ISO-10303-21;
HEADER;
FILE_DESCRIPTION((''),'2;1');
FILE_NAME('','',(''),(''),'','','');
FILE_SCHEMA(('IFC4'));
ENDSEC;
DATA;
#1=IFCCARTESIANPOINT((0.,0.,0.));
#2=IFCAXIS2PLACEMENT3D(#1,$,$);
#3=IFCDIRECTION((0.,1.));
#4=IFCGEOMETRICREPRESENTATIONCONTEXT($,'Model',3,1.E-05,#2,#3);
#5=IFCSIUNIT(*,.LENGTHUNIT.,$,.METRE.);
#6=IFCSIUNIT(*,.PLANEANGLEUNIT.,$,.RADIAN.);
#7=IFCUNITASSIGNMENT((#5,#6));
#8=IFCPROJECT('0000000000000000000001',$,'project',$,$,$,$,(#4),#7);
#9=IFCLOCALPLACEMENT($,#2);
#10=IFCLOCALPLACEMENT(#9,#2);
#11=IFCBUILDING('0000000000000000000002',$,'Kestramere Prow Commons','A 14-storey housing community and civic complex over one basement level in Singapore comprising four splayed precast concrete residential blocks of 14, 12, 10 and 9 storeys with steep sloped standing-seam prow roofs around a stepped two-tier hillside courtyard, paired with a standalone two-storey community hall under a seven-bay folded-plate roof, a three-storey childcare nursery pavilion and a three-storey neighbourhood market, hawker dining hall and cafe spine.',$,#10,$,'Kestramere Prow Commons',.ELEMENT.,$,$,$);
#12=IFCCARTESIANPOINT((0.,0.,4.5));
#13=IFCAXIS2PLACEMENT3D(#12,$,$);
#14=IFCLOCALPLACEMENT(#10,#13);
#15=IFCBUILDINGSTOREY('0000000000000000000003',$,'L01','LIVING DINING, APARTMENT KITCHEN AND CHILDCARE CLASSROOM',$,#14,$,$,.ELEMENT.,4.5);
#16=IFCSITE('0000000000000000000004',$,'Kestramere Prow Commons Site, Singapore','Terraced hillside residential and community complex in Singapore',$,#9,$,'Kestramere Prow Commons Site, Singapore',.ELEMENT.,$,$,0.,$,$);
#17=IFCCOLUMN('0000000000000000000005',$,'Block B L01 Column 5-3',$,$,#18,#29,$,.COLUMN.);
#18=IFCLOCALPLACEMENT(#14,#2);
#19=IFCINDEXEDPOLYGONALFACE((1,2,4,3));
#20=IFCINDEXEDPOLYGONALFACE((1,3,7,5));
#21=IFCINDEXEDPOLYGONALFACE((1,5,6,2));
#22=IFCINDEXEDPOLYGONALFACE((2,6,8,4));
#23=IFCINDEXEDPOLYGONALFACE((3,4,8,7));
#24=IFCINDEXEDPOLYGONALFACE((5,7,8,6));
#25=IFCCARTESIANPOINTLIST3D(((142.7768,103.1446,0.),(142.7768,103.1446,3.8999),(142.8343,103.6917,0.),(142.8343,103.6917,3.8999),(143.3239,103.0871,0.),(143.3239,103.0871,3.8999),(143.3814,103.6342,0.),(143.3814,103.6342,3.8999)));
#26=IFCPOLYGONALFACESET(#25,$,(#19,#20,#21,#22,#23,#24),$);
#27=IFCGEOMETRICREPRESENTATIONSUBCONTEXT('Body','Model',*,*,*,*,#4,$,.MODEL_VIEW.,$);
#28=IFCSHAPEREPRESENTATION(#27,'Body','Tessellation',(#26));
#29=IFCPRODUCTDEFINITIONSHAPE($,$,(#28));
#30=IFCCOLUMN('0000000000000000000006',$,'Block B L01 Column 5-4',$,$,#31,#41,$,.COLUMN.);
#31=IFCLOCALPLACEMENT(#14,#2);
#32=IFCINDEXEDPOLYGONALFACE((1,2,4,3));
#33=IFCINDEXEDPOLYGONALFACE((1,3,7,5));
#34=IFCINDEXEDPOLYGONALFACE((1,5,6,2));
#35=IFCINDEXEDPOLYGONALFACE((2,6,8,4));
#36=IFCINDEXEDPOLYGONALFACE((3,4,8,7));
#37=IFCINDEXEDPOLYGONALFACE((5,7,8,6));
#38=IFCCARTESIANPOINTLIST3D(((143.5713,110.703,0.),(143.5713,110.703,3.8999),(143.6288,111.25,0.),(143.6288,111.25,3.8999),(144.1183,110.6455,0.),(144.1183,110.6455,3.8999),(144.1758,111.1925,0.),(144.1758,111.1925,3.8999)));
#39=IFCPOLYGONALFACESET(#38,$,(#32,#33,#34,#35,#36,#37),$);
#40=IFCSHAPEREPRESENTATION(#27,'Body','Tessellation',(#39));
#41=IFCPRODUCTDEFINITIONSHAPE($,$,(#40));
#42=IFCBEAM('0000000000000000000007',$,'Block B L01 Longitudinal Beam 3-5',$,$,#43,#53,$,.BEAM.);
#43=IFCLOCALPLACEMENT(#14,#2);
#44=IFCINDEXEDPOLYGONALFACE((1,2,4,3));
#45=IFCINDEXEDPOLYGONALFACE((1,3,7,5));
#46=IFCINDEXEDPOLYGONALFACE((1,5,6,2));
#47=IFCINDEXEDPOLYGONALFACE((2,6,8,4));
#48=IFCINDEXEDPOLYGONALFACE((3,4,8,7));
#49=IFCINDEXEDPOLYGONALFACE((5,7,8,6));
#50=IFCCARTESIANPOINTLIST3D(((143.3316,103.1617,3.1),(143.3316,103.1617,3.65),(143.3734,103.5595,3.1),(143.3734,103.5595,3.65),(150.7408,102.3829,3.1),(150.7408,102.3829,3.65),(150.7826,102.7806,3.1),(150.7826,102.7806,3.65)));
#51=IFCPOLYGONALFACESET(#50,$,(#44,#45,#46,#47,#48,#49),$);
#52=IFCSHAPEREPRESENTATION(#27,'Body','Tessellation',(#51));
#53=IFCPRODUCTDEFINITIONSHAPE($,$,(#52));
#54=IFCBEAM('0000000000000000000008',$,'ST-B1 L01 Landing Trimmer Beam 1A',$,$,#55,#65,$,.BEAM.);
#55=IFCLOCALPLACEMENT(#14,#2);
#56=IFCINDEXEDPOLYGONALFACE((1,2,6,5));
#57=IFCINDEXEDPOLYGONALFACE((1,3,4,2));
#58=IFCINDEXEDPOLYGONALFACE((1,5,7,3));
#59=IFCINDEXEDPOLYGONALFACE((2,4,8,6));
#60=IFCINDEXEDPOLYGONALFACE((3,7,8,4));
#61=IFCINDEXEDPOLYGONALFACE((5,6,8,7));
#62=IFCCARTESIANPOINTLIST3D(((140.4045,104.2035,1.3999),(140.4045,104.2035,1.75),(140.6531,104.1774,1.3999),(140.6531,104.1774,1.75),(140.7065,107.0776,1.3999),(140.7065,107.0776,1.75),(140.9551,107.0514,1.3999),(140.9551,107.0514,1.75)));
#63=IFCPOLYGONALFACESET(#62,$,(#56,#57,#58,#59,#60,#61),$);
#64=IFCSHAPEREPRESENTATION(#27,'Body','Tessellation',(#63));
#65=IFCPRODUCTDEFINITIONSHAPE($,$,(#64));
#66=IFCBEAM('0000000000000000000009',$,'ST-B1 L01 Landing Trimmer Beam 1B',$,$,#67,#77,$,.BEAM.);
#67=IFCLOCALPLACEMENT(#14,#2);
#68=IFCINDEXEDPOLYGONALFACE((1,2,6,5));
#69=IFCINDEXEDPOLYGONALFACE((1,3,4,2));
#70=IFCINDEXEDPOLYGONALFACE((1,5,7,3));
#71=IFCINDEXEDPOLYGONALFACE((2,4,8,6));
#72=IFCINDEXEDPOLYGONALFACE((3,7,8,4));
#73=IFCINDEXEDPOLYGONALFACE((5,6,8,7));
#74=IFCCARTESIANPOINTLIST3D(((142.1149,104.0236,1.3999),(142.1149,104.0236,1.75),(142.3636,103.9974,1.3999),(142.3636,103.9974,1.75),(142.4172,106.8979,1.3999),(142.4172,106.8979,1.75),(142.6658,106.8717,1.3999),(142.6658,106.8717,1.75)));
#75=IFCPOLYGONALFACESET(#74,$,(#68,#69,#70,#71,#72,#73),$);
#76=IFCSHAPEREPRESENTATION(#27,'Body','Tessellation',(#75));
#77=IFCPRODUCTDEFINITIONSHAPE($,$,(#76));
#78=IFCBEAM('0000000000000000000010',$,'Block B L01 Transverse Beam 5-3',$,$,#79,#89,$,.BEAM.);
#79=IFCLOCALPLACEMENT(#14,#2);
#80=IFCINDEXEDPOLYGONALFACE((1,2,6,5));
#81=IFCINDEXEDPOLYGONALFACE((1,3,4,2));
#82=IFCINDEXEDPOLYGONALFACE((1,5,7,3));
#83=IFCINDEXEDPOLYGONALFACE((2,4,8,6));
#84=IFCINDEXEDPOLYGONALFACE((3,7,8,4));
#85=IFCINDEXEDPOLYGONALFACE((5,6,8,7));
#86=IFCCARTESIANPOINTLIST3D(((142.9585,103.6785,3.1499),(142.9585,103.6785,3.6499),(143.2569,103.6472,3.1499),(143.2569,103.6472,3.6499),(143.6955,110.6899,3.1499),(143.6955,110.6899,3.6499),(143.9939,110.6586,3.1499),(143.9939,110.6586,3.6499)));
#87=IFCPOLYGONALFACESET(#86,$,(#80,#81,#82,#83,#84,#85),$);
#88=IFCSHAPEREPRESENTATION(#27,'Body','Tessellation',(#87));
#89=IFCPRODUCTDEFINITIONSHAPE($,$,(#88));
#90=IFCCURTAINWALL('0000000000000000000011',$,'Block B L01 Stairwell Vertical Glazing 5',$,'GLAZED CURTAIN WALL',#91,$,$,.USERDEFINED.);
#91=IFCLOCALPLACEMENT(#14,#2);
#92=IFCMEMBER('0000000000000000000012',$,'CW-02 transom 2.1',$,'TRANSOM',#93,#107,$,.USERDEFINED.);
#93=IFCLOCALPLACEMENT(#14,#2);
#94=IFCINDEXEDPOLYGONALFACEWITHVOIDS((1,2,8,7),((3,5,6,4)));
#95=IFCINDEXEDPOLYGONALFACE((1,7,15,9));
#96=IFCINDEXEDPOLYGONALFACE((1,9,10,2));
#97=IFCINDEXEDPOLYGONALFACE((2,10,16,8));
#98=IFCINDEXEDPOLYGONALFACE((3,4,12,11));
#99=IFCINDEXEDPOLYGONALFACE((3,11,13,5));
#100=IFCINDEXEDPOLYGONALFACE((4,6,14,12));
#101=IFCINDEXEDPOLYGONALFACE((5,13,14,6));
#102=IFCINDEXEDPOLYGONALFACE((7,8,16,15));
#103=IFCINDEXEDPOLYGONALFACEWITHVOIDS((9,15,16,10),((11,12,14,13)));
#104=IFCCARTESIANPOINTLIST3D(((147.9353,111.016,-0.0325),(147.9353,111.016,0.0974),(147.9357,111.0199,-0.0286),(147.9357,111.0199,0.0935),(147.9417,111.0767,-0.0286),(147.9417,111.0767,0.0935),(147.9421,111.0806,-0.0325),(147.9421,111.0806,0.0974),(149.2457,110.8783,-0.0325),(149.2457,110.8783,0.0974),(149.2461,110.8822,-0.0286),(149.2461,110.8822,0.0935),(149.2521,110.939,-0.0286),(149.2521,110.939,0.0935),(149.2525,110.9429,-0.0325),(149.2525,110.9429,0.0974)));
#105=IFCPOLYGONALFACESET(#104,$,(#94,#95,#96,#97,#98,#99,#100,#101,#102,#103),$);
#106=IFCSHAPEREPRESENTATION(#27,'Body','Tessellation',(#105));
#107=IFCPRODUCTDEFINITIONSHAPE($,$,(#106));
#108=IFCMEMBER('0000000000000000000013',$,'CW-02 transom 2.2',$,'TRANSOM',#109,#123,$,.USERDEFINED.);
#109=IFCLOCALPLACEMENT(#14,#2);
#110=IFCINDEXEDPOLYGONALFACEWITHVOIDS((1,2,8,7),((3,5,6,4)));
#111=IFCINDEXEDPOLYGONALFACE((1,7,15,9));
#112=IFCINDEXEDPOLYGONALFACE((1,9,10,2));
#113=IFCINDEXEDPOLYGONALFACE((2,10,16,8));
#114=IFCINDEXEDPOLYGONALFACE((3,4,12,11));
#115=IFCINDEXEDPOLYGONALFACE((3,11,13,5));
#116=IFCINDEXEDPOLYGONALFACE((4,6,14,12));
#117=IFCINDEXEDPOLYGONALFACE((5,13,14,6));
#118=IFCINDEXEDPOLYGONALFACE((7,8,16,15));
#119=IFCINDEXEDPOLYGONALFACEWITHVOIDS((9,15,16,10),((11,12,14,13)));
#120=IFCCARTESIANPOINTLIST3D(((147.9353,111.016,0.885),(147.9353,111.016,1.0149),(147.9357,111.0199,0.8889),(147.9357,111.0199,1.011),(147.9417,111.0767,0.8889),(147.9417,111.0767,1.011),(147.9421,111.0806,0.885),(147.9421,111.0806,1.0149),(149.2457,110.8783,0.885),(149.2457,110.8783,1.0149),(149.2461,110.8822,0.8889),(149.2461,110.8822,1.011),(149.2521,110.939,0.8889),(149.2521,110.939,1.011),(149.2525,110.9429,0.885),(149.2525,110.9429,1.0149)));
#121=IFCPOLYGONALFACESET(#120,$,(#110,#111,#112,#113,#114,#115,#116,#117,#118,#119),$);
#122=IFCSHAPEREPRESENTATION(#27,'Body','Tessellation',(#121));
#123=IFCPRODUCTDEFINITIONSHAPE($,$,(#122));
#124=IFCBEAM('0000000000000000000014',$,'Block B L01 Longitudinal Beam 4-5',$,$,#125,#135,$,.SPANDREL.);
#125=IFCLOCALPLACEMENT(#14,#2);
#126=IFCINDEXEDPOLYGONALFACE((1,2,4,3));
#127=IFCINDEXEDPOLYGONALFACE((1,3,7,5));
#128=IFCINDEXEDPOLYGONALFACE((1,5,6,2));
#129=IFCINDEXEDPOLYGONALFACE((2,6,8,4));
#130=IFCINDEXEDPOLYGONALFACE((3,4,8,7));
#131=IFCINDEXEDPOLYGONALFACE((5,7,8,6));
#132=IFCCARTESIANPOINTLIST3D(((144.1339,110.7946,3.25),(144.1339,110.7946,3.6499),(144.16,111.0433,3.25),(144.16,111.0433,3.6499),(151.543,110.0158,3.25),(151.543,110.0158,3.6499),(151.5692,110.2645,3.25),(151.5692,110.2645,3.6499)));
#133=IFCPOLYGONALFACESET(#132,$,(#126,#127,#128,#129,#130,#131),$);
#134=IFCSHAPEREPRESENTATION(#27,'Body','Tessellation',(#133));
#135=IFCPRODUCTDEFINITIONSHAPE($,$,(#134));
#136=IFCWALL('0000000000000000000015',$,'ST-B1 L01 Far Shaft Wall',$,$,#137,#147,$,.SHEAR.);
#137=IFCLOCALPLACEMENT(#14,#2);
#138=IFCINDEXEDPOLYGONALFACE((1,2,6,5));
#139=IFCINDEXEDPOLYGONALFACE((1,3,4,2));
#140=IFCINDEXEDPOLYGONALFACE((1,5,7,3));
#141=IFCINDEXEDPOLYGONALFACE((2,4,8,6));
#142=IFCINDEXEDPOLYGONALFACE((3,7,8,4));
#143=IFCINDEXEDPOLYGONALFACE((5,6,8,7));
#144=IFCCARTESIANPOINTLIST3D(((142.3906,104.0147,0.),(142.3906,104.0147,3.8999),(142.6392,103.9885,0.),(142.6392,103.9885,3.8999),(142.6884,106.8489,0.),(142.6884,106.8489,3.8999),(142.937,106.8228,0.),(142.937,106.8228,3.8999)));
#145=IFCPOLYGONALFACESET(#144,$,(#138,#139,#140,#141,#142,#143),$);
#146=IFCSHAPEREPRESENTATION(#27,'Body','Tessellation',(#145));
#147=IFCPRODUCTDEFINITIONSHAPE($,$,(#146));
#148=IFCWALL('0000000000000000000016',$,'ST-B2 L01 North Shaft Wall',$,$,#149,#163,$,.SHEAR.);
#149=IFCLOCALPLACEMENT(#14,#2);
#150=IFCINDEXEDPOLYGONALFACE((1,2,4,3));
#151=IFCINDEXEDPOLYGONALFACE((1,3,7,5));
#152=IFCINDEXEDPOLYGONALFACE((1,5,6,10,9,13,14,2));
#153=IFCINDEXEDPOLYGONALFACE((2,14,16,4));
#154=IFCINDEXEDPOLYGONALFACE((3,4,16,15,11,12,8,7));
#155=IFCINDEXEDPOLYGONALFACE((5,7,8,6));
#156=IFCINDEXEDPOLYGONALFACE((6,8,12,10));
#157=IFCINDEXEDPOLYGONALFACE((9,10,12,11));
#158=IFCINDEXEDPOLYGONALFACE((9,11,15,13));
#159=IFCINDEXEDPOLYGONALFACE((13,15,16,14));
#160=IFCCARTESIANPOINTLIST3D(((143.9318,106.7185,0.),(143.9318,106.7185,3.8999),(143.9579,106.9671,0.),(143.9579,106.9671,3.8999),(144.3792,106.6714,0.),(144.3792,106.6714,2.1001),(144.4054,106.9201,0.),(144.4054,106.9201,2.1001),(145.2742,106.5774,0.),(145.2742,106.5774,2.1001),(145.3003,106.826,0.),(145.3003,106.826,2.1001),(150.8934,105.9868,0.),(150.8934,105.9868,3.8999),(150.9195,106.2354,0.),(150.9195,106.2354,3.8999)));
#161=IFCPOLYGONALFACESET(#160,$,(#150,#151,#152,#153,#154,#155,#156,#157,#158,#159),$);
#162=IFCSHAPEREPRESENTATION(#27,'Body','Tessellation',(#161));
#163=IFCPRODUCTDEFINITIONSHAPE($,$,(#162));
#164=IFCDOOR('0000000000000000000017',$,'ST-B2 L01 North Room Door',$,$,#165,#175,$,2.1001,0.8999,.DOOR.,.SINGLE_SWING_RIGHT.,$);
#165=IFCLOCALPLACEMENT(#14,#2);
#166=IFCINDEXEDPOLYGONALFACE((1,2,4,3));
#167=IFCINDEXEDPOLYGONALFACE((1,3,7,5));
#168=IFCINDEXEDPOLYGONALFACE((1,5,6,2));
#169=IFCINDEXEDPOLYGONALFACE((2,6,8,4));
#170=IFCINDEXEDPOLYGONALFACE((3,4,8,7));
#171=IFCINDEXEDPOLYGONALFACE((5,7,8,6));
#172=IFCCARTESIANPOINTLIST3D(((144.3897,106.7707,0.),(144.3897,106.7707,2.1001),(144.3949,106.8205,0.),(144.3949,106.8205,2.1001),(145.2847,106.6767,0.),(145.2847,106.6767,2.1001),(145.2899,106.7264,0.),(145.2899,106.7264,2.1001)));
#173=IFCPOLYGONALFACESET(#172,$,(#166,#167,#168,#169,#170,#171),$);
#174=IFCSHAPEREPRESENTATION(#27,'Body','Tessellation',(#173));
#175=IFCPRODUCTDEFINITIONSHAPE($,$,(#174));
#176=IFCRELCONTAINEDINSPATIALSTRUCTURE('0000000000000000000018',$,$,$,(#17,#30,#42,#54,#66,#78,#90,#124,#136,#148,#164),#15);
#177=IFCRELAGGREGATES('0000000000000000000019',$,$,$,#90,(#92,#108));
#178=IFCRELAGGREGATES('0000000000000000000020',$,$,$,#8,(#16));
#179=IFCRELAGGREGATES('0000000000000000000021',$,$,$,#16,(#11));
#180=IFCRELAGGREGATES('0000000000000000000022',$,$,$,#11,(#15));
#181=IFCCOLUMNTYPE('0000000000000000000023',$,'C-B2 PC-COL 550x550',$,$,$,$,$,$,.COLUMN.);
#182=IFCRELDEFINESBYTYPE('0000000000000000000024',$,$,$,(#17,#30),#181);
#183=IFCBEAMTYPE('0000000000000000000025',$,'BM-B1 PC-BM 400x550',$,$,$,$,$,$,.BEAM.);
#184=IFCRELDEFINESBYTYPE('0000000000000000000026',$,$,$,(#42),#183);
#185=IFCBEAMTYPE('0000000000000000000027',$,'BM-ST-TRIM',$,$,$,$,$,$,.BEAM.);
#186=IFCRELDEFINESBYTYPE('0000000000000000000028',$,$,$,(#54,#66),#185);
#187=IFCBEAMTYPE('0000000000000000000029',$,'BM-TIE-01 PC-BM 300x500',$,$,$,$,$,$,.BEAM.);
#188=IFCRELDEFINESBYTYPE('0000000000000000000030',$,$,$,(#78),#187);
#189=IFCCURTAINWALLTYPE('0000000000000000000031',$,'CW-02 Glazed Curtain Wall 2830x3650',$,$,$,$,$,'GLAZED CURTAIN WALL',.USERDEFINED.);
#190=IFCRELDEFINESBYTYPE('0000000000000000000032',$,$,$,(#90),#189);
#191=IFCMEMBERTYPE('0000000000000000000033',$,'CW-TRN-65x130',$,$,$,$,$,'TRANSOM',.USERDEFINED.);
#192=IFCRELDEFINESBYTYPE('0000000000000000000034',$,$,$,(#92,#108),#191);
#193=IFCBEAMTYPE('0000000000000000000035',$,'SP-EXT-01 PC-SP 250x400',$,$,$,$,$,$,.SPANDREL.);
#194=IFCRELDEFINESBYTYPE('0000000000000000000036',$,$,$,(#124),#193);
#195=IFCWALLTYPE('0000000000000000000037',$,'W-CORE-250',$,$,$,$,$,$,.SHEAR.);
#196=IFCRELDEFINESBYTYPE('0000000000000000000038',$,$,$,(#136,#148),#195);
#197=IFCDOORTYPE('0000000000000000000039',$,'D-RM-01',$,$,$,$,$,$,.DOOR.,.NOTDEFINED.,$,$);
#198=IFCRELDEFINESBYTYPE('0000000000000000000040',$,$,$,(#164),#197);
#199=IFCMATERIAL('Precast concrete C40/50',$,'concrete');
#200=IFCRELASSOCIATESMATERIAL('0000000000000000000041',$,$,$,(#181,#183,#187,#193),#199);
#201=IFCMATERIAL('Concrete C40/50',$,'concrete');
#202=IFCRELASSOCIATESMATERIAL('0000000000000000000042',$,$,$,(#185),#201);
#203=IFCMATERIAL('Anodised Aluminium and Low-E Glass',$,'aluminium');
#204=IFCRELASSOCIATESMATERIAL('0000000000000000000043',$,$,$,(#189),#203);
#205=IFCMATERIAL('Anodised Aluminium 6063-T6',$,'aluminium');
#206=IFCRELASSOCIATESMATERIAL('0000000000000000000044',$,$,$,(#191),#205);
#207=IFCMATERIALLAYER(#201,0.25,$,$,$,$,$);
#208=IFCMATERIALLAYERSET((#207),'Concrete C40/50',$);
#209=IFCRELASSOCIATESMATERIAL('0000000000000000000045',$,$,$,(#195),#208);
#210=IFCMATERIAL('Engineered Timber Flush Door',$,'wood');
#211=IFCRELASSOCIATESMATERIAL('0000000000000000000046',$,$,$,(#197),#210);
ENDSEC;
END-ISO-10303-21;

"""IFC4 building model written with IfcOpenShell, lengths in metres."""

from ifc_helpers import new_model, si_unit, direction, frame, frame_2d, origin, origin_2d, place, context, subcontext, project, spatial, rectangle, hollow_rectangle, extrude, material, layer, layer_set, material_profile, profile_set, type_object, element, fill, aggregate, save


model = new_model("IFC4")

# Units and contexts
model_context = context("Model", 3, precision=1e-05, world=origin(), true_north=direction((0.0, 1.0)))
body_context = subcontext(model_context, "Body", "Model", "MODEL_VIEW")
ifc_project = project(units=[si_unit("LENGTHUNIT", "METRE"), si_unit("PLANEANGLEUNIT", "RADIAN")], contexts=[model_context])

# Site, building, storey
site_placement = place(None, origin())
site = spatial("IfcSite", under=ifc_project, at=site_placement, Name="Kestramere Prow Commons Site, Singapore", Description="Terraced hillside residential and community complex in Singapore", LongName="Kestramere Prow Commons Site, Singapore", CompositionType="ELEMENT", RefElevation=0.0)
building_placement = place(site_placement, origin())
building = spatial("IfcBuilding", under=site, at=building_placement, Name="Kestramere Prow Commons", Description="A 14-storey housing community and civic complex over one basement level in Singapore comprising four splayed precast concrete residential blocks of 14, 12, 10 and 9 storeys with steep sloped standing-seam prow roofs around a stepped two-tier hillside courtyard, paired with a standalone two-storey community hall under a seven-bay folded-plate roof, a three-storey childcare nursery pavilion and a three-storey neighbourhood market, hawker dining hall and cafe spine.", LongName="Kestramere Prow Commons", CompositionType="ELEMENT")
storey_placement = place(building_placement, frame((0.0, 0.0, 4.5)))
storey = spatial("IfcBuildingStorey", under=building, at=storey_placement, Name="L01", Description="LIVING DINING, APARTMENT KITCHEN AND CHILDCARE CLASSROOM", CompositionType="ELEMENT", Elevation=4.5)

# Columns
ifc_material_1 = material(Name="Precast concrete C40/50", Category="concrete")
ifc_material_profile_1 = material_profile(ifc_material_1, rectangle(XDim=0.55, YDim=0.55, at=origin_2d()), Name="PC-COL 550x550")
ifc_profile_set_1 = profile_set([ifc_material_profile_1], Name="Precast concrete C40/50")
column_type = type_object("IfcColumnType", Name="C-B2 PC-COL 550x550", PredefinedType="COLUMN", material=ifc_profile_set_1)
for number, where, z_axis, x_axis, name in (
    (1, (143.0791, 103.3894, 0.0), (0.0, 0.0, 1.0), (0.994522, -0.104528, 0.0), "Block B L01 Column 5-3"),
    (2, (143.8735, 110.9478, 0.0), (0.0, 0.0, 1.0), (0.994522, -0.104528, 0.0), "Block B L01 Column 5-4"),
):
    element("IfcColumn", number, at=place(storey_placement, frame(where, z_axis=z_axis, x_axis=x_axis)), inside=storey, type_object=column_type, Name=name, PredefinedType="COLUMN", context=body_context, shape_type="SweptSolid", body=[
        extrude(rectangle(XDim=0.55, YDim=0.55, at=origin_2d()), origin(), (0.0, 0.0, 1.0), 3.8999),
    ])

# Beams
ifc_material_profile_2 = material_profile(ifc_material_1, rectangle(XDim=0.3999, YDim=0.55, at=origin_2d()), Name="PC-BM 400x550")
ifc_profile_set_2 = profile_set([ifc_material_profile_2], Name="Precast concrete C40/50")
beam_type_1 = type_object("IfcBeamType", Name="BM-B1 PC-BM 400x550", PredefinedType="BEAM", material=ifc_profile_set_2)
beam_1_placement = place(storey_placement, frame((143.3525, 103.3606, 3.375), z_axis=(0.994521, -0.104538, 0.0), x_axis=(0.104538, 0.994521, 0.0)))
element("IfcBeam", 3, at=beam_1_placement, inside=storey, type_object=beam_type_1, Name="Block B L01 Longitudinal Beam 3-5", PredefinedType="BEAM", context=body_context, shape_type="SweptSolid", body=[
    extrude(rectangle(XDim=0.3999, YDim=0.55, at=origin_2d()), origin(), (0.0, 0.0, 1.0), 7.45),
])
ifc_material_2 = material(Name="Concrete C40/50", Category="concrete")
ifc_material_profile_3 = material_profile(ifc_material_2, rectangle(XDim=0.25, YDim=0.3501, at=origin_2d()), Name="PC-BM 250x350")
ifc_profile_set_3 = profile_set([ifc_material_profile_3], Name="Concrete C40/50")
beam_type_2 = type_object("IfcBeamType", Name="BM-ST-TRIM", PredefinedType="BEAM", material=ifc_profile_set_3)
beam_2_placement = place(storey_placement, frame((140.5288, 104.1904, 1.575), z_axis=(0.104504, 0.994524, 0.0), x_axis=(-0.994524, 0.104504, 0.0)))
element("IfcBeam", 4, at=beam_2_placement, inside=storey, type_object=beam_type_2, Name="ST-B1 L01 Landing Trimmer Beam 1A", PredefinedType="BEAM", context=body_context, shape_type="SweptSolid", body=[
    extrude(rectangle(XDim=0.25, YDim=0.3501, at=origin_2d()), origin(), (0.0, 0.0, 1.0), 2.8899),
])
beam_3_placement = place(storey_placement, frame((142.2393, 104.0105, 1.575), z_axis=(0.104579, 0.994517, 0.0), x_axis=(-0.994517, 0.104579, 0.0)))
element("IfcBeam", 5, at=beam_3_placement, inside=storey, type_object=beam_type_2, Name="ST-B1 L01 Landing Trimmer Beam 1B", PredefinedType="BEAM", context=body_context, shape_type="SweptSolid", body=[
    extrude(rectangle(XDim=0.25, YDim=0.3501, at=origin_2d()), origin(), (0.0, 0.0, 1.0), 2.8901),
])
ifc_material_profile_4 = material_profile(ifc_material_1, rectangle(XDim=0.3, YDim=0.5, at=origin_2d()), Name="PC-BM 300x500")
ifc_profile_set_4 = profile_set([ifc_material_profile_4], Name="Precast concrete C40/50")
beam_type_3 = type_object("IfcBeamType", Name="BM-TIE-01 PC-BM 300x500", PredefinedType="BEAM", material=ifc_profile_set_4)
beam_4_placement = place(storey_placement, frame((143.1077, 103.6628, 3.3999), z_axis=(0.104546, 0.99452, 0.0), x_axis=(-0.99452, 0.104546, 0.0)))
element("IfcBeam", 6, at=beam_4_placement, inside=storey, type_object=beam_type_3, Name="Block B L01 Transverse Beam 5-3", PredefinedType="BEAM", context=body_context, shape_type="SweptSolid", body=[
    extrude(rectangle(XDim=0.3, YDim=0.5, at=origin_2d()), origin(), (0.0, 0.0, 1.0), 7.05),
])

# Curtain wall, members
ifc_material_3 = material(Name="Anodised Aluminium and Low-E Glass", Category="aluminium")
curtain_wall_type = type_object("IfcCurtainWallType", Name="CW-02 Glazed Curtain Wall 2830x3650", ElementType="GLAZED CURTAIN WALL", PredefinedType="USERDEFINED", material=ifc_material_3)
curtain_wall_placement = place(storey_placement, origin())
curtain_wall = element("IfcCurtainWall", 7, at=curtain_wall_placement, inside=storey, type_object=curtain_wall_type, Name="Block B L01 Stairwell Vertical Glazing 5", ObjectType="GLAZED CURTAIN WALL", PredefinedType="USERDEFINED")
ifc_material_4 = material(Name="Anodised Aluminium 6063-T6", Category="aluminium")
ifc_material_profile_5 = material_profile(ifc_material_4, hollow_rectangle(XDim=0.0649, YDim=0.1299, WallThickness=0.0039, at=origin_2d()), Name="ALU-TRN 65x130")
ifc_profile_set_5 = profile_set([ifc_material_profile_5], Name="Anodised Aluminium 6063-T6")
member_type = type_object("IfcMemberType", Name="CW-TRN-65x130", ElementType="TRANSOM", PredefinedType="USERDEFINED", material=ifc_profile_set_5)
member_1_placement = place(storey_placement, frame((147.9387, 111.0483, 0.0325), z_axis=(0.994524, -0.104511, 0.0), x_axis=(0.104511, 0.994524, 0.0)))
member_1 = element("IfcMember", 8, at=member_1_placement, type_object=member_type, Name="CW-02 transom 2.1", ObjectType="TRANSOM", PredefinedType="USERDEFINED", context=body_context, shape_type="SweptSolid", body=[
    extrude(hollow_rectangle(XDim=0.0649, YDim=0.1299, WallThickness=0.0039, at=origin_2d()), origin(), (0.0, 0.0, 1.0), 1.3176),
])
member_2_placement = place(storey_placement, frame((147.9387, 111.0483, 0.95), z_axis=(0.994524, -0.104511, 0.0), x_axis=(0.104511, 0.994524, 0.0)))
member_2 = element("IfcMember", 9, at=member_2_placement, type_object=member_type, Name="CW-02 transom 2.2", ObjectType="TRANSOM", PredefinedType="USERDEFINED", context=body_context, shape_type="SweptSolid", body=[
    extrude(hollow_rectangle(XDim=0.0649, YDim=0.1299, WallThickness=0.0039, at=origin_2d()), origin(), (0.0, 0.0, 1.0), 1.3176),
])
aggregate(curtain_wall, [member_1, member_2])

# Beam
ifc_material_profile_6 = material_profile(ifc_material_1, rectangle(XDim=0.25, YDim=0.3999, at=origin_2d()), Name="PC-SP 250x400")
ifc_profile_set_6 = profile_set([ifc_material_profile_6], Name="Precast concrete C40/50")
beam_type_4 = type_object("IfcBeamType", Name="SP-EXT-01 PC-SP 250x400", PredefinedType="SPANDREL", material=ifc_profile_set_6)
beam_5_placement = place(storey_placement, frame((144.147, 110.9189, 3.45), z_axis=(0.994521, -0.104538, 0.0), x_axis=(0.104538, 0.994521, 0.0)))
element("IfcBeam", 10, at=beam_5_placement, inside=storey, type_object=beam_type_4, Name="Block B L01 Longitudinal Beam 4-5", PredefinedType="SPANDREL", context=body_context, shape_type="SweptSolid", body=[
    extrude(rectangle(XDim=0.25, YDim=0.3999, at=origin_2d()), origin(), (0.0, 0.0, 1.0), 7.45),
])

# Wall
ifc_layer = layer(ifc_material_2, 0.25)
ifc_layer_set = layer_set([ifc_layer], Name="Concrete C40/50")
wall_type = type_object("IfcWallType", Name="W-CORE-250", PredefinedType="SHEAR", material=ifc_layer_set)
wall_1_placement = place(storey_placement, frame((142.5149, 104.0017, 0.0), z_axis=(0.0, 0.0, 1.0), x_axis=(0.104515, 0.994523, 0.0)))
element("IfcWall", 11, at=wall_1_placement, inside=storey, type_object=wall_type, Name="ST-B1 L01 Far Shaft Wall", PredefinedType="SHEAR", context=body_context, shape_type="SweptSolid", body=[
    extrude(rectangle(XDim=2.8499, YDim=0.25, at=frame_2d((1.4248, 0.0))), origin(), (0.0, 0.0, 1.0), 3.8999),
])

# Wall, opening, door
wall_2_placement = place(storey_placement, frame((143.9448, 106.8428, 0.0), z_axis=(0.0, 0.0, 1.0), x_axis=(0.994522, -0.104527, 0.0)))
wall_2 = element("IfcWall", 12, at=wall_2_placement, inside=storey, type_object=wall_type, Name="ST-B2 L01 North Shaft Wall", PredefinedType="SHEAR", context=body_context, shape_type="SweptSolid", body=[
    extrude(rectangle(XDim=7.0, YDim=0.25, at=frame_2d((3.5, 0.0))), origin(), (0.0, 0.0, 1.0), 3.8999),
])
opening_1_placement = place(wall_2_placement, frame((0.45, 0.0, 0.0)))
opening_1 = element("IfcOpeningElement", 13, at=opening_1_placement, cuts=wall_2, PredefinedType="OPENING", context=body_context, shape_type="SweptSolid", body=[
    extrude(rectangle(XDim=0.8999, YDim=2.1001, at=frame_2d((0.45, 1.05))), frame((0.0, 0.1399, 0.0), z_axis=(0.0, -1.0, 0.0), x_axis=(1.0, 0.0, 0.0)), (0.0, 0.0, 1.0), 0.28),
])
ifc_material_5 = material(Name="Engineered Timber Flush Door", Category="wood")
door_type_1 = type_object("IfcDoorType", Name="D-RM-01", OperationType="NOTDEFINED", PredefinedType="DOOR", material=ifc_material_5)
door_1_placement = place(opening_1_placement, origin())
door_1 = element("IfcDoor", 14, at=door_1_placement, inside=storey, type_object=door_type_1, Name="ST-B2 L01 North Room Door", OperationType="SINGLE_SWING_RIGHT", OverallHeight=2.1001, OverallWidth=0.8999, PredefinedType="DOOR", context=body_context, shape_type="SweptSolid", body=[
    extrude(rectangle(XDim=0.8999, YDim=2.1001, at=frame_2d((0.45, 1.05))), frame((0.0, 0.0249, 0.0), z_axis=(0.0, -1.0, 0.0), x_axis=(1.0, 0.0, 0.0)), (0.0, 0.0, 1.0), 0.05),
])
fill(opening_1, door_1)

save(model, "model.ifc")
